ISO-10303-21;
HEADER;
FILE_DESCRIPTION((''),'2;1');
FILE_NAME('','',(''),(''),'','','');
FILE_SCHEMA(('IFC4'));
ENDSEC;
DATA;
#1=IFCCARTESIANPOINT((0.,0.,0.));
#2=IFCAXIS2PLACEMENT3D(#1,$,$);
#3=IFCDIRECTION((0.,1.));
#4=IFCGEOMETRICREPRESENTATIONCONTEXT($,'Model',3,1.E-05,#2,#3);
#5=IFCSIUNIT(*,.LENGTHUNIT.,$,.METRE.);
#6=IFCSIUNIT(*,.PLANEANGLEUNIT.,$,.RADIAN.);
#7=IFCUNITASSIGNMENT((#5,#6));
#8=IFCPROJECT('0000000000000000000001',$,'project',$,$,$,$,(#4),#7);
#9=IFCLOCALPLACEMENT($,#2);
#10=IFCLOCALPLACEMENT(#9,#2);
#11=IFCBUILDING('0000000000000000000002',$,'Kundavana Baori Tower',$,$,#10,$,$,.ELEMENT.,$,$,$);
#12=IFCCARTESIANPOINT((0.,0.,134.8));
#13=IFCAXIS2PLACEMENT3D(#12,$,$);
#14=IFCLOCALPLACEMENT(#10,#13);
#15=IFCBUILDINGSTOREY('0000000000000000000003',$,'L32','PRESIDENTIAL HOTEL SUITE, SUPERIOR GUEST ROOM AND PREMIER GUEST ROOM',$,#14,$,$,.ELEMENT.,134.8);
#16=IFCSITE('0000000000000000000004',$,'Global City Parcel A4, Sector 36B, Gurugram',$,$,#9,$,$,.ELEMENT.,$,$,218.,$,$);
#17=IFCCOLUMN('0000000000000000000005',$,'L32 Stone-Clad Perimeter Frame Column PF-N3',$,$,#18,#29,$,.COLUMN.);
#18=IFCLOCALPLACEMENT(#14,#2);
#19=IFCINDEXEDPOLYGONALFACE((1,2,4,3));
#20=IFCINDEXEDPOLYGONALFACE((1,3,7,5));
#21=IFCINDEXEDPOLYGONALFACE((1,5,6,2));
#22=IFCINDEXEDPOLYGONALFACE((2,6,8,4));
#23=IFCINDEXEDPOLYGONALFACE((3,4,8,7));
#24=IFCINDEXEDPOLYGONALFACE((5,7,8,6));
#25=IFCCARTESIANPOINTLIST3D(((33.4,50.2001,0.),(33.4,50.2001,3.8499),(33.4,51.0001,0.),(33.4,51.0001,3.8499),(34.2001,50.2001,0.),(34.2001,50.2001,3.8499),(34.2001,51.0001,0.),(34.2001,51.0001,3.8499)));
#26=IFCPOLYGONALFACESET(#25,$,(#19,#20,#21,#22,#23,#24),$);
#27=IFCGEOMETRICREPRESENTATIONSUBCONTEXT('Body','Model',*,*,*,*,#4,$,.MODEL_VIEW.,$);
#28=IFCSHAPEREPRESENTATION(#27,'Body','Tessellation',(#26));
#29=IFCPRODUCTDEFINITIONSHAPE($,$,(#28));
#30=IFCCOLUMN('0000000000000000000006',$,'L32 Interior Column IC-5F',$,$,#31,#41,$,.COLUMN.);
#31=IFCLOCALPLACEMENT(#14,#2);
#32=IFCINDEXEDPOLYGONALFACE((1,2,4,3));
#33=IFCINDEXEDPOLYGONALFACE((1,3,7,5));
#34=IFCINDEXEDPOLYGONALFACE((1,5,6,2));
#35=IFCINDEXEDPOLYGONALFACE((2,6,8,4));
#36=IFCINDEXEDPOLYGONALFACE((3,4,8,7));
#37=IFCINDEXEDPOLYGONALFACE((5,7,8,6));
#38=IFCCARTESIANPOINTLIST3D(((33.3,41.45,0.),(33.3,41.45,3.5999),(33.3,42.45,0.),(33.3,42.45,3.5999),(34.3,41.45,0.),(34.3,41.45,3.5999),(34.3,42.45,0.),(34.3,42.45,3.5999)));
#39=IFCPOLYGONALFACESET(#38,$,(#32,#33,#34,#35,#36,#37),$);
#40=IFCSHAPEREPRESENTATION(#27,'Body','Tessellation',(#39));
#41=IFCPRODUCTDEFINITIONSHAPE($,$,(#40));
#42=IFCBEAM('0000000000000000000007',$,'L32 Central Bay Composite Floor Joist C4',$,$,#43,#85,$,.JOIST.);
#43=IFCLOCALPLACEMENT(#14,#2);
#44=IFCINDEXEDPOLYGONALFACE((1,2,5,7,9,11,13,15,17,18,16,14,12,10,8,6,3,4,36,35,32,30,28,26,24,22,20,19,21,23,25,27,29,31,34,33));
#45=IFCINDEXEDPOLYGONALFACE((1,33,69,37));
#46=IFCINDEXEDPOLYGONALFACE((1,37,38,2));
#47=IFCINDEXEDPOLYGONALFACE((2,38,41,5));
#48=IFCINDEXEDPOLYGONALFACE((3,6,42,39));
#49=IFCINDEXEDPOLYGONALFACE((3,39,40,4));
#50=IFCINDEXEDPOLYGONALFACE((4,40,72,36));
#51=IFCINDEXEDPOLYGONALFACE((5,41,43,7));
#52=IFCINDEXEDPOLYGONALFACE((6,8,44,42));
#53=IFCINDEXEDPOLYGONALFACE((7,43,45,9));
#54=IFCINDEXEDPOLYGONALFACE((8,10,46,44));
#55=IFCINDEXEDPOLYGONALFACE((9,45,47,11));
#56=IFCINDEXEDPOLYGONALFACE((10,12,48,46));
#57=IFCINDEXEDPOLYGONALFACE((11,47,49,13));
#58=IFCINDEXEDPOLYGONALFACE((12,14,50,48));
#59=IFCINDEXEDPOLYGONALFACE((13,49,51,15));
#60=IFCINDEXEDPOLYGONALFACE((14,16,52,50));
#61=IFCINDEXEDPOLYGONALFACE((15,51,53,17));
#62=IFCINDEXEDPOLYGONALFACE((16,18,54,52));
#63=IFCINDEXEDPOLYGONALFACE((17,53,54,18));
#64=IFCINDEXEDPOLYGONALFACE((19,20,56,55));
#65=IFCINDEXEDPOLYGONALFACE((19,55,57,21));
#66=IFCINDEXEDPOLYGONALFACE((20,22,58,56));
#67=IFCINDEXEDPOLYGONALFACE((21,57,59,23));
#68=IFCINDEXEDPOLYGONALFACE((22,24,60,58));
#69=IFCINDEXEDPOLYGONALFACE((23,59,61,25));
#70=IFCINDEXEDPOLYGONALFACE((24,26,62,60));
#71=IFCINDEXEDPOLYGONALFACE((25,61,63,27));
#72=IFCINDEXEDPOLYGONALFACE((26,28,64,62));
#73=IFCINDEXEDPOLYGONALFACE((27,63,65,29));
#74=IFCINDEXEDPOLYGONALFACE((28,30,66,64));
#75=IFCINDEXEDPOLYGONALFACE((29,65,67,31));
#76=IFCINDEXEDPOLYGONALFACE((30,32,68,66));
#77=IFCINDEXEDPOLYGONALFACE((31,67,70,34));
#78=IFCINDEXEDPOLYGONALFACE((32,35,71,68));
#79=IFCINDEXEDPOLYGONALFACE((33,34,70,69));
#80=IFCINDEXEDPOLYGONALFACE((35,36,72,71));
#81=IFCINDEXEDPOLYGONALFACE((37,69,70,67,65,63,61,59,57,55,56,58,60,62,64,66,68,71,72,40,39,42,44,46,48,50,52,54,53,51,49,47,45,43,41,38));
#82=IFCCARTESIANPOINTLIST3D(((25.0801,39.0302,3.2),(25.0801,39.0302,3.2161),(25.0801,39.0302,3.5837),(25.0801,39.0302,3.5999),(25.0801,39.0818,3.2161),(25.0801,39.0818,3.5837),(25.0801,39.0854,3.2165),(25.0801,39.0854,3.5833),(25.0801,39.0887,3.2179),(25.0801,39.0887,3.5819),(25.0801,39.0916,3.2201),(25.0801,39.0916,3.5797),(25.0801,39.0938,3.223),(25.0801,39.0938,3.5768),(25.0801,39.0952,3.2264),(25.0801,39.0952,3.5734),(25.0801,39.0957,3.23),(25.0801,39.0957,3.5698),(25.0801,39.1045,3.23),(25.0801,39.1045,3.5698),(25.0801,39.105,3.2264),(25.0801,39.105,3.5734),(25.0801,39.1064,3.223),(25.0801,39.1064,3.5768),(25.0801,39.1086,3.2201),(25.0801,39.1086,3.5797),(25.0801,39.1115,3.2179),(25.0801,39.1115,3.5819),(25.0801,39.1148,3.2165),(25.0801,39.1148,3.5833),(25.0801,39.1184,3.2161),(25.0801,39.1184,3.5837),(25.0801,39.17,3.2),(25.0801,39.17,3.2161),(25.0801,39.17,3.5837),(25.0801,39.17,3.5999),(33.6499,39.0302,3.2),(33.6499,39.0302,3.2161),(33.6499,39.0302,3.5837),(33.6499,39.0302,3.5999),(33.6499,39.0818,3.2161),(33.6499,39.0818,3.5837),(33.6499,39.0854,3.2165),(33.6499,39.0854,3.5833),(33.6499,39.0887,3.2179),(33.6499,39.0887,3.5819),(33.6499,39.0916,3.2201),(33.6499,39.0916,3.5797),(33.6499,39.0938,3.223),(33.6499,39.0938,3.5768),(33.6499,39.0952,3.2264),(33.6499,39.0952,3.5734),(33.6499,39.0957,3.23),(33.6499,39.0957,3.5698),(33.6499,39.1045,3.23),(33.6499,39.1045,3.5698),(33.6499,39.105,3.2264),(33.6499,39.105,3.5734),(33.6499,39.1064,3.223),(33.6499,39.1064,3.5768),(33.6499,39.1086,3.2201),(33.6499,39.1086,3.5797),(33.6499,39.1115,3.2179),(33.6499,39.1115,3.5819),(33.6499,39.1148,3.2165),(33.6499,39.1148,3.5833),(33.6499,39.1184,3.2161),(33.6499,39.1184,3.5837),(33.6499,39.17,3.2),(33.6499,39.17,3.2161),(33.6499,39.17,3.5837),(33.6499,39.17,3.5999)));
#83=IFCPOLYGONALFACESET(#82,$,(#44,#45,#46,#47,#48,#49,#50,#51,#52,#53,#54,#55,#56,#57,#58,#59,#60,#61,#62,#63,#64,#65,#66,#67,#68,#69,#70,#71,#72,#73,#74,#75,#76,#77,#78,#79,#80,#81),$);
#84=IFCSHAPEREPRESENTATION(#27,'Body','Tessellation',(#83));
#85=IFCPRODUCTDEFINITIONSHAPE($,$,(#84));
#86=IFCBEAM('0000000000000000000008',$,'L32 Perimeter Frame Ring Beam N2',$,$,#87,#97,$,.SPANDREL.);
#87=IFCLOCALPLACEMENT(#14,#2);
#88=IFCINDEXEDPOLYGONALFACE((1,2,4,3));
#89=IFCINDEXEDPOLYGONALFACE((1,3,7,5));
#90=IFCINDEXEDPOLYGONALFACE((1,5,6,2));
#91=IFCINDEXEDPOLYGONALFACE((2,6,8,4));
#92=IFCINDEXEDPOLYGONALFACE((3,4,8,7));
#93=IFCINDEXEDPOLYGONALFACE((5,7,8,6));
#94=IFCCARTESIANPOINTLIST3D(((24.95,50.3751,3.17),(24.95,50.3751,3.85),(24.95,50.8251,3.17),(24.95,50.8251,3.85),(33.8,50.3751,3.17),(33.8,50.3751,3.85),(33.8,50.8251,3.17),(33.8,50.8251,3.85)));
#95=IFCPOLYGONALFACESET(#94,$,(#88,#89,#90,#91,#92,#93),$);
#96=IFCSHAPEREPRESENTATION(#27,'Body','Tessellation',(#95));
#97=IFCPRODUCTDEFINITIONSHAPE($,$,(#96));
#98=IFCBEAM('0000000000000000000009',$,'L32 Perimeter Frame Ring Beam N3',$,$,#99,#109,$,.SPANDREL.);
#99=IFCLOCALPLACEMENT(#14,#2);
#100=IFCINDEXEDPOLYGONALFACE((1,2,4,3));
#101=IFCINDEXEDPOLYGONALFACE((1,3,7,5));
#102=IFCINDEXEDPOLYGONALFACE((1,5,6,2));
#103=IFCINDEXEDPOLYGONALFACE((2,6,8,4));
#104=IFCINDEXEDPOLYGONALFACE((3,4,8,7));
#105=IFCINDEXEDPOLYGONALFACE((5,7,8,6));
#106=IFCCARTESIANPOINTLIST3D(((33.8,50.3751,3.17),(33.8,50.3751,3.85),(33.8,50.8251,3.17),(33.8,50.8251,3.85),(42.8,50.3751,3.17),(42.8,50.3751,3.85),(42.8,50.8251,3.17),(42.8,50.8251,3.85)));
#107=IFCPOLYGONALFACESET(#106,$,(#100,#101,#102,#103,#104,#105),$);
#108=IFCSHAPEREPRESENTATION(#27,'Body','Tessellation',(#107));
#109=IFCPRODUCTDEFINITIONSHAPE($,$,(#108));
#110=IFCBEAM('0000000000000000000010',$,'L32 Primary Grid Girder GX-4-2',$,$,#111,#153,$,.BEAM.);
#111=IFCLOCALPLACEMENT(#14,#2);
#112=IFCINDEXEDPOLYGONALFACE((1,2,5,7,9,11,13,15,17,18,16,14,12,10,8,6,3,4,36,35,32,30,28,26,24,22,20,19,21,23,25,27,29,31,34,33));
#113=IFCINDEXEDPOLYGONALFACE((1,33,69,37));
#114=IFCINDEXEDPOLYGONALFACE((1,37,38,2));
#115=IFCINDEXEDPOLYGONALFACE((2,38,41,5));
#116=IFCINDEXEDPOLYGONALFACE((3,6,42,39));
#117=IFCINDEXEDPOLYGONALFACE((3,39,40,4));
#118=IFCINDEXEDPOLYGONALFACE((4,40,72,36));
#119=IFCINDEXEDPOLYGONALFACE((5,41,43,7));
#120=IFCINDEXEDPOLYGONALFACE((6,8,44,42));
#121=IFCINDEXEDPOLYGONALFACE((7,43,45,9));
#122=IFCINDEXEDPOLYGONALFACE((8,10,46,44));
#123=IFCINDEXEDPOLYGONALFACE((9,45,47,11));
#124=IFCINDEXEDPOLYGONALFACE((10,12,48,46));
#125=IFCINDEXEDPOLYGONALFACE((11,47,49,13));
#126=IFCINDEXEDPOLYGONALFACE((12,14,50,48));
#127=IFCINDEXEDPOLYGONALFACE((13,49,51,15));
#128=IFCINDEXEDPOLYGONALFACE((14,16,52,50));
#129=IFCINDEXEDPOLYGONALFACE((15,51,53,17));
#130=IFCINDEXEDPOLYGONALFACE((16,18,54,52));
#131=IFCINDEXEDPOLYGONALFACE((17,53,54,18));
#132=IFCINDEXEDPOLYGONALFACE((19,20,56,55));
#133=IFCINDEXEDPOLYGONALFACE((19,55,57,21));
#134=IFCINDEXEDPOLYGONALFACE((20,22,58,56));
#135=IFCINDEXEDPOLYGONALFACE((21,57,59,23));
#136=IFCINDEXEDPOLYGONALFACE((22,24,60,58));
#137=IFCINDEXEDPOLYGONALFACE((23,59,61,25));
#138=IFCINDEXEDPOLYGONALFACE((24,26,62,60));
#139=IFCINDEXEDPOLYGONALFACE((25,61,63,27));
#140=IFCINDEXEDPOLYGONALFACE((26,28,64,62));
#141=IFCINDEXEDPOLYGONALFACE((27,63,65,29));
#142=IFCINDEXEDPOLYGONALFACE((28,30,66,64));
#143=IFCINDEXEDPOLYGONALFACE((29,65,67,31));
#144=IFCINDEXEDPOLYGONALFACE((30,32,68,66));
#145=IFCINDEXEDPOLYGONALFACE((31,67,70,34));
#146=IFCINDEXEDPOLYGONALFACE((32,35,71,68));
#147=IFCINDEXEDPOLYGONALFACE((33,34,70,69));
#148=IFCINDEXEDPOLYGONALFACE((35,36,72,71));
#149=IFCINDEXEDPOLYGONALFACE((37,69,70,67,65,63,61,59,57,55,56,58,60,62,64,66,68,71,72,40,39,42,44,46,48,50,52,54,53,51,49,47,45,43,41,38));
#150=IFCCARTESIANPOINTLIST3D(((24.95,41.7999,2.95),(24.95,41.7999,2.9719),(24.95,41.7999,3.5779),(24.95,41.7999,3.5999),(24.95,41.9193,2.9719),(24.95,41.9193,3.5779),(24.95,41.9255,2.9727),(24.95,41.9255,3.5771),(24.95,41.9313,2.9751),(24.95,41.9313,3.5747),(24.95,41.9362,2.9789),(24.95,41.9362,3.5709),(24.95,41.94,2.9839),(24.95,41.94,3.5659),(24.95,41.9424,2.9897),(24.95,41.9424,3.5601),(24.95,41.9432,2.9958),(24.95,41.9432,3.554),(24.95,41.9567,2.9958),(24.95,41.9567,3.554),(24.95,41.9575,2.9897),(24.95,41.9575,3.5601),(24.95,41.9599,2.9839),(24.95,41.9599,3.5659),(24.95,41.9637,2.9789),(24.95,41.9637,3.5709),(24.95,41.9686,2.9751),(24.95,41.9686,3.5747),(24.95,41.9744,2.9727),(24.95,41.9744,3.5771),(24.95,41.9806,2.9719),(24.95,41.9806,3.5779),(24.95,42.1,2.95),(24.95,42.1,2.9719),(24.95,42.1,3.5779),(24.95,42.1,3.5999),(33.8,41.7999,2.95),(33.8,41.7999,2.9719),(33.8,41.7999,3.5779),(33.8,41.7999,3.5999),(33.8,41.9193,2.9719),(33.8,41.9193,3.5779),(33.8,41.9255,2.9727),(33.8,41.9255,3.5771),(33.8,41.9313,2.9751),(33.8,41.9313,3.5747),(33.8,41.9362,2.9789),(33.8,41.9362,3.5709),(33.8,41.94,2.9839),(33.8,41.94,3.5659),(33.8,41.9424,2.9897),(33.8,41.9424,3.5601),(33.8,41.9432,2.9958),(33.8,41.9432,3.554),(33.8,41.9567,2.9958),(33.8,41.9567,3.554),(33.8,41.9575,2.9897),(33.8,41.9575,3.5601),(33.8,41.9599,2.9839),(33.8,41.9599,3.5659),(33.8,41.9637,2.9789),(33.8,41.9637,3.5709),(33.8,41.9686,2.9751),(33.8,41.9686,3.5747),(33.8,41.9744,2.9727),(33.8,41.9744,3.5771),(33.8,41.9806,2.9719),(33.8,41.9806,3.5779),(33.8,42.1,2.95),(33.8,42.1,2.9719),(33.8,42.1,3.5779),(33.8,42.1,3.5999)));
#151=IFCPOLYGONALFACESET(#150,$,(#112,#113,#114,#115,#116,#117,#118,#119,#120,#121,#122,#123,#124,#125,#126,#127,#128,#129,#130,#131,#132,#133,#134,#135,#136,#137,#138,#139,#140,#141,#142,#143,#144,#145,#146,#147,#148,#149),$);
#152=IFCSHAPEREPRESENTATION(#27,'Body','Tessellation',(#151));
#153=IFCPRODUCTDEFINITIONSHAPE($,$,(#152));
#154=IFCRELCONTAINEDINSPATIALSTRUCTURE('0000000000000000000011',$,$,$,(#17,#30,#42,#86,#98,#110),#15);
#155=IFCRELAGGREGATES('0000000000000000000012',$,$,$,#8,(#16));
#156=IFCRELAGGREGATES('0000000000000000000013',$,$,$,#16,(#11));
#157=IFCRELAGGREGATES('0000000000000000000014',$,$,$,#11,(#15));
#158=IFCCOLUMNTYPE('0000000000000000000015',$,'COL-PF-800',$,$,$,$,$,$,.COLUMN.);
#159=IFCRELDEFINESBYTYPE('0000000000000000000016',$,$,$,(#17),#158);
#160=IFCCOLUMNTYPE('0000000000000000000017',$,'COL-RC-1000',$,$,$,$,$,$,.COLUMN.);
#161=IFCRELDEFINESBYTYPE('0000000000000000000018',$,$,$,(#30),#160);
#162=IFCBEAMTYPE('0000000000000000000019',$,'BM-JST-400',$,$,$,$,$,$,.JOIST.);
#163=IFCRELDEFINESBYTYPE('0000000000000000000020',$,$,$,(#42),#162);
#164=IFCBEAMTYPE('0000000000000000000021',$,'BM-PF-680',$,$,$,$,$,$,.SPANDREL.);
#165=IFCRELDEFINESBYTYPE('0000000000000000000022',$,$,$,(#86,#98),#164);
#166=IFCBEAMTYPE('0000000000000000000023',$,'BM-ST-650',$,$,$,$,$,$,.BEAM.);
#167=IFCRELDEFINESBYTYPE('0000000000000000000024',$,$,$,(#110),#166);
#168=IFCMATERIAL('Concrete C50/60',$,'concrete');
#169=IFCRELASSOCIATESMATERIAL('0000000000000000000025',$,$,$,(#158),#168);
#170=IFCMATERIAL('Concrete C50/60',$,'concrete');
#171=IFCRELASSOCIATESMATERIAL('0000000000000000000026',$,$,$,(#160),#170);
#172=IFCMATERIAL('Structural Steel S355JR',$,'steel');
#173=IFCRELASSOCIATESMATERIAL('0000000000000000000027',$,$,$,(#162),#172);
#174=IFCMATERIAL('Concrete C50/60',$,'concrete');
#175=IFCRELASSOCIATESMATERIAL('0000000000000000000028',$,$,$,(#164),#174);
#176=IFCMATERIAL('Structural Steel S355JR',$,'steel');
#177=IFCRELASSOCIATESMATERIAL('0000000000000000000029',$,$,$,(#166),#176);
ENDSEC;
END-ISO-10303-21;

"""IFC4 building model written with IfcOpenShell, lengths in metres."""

from ifc_helpers import new_model, si_unit, direction, frame, origin, origin_2d, place, context, subcontext, project, spatial, rectangle, i_section, extrude, material, material_profile, profile_set, type_object, element, save


model = new_model("IFC4")

# Units and contexts
model_context = context("Model", 3, precision=1e-05, world=origin(), true_north=direction((0.0, 1.0)))
body_context = subcontext(model_context, "Body", "Model", "MODEL_VIEW")
ifc_project = project(units=[si_unit("LENGTHUNIT", "METRE"), si_unit("PLANEANGLEUNIT", "RADIAN")], contexts=[model_context])

# Site, building, storey
site_placement = place(None, origin())
site = spatial("IfcSite", under=ifc_project, at=site_placement, Name="Global City Parcel A4, Sector 36B, Gurugram", CompositionType="ELEMENT", RefElevation=218.0)
building_placement = place(site_placement, origin())
building = spatial("IfcBuilding", under=site, at=building_placement, Name="Kundavana Baori Tower", CompositionType="ELEMENT")
storey_placement = place(building_placement, frame((0.0, 0.0, 134.8)))
storey = spatial("IfcBuildingStorey", under=building, at=storey_placement, Name="L32", Description="PRESIDENTIAL HOTEL SUITE, SUPERIOR GUEST ROOM AND PREMIER GUEST ROOM", CompositionType="ELEMENT", Elevation=134.8)

# Columns
ifc_material_1 = material(Name="Concrete C50/60", Category="concrete")
ifc_material_profile_1 = material_profile(ifc_material_1, rectangle(XDim=0.8, YDim=0.8, at=origin_2d()), Name="RC PF 800x800")
ifc_profile_set_1 = profile_set([ifc_material_profile_1], Name="Concrete C50/60")
column_type_1 = type_object("IfcColumnType", Name="COL-PF-800", PredefinedType="COLUMN", material=ifc_profile_set_1)
column_1_placement = place(storey_placement, frame((33.8, 50.6001, 0.0), z_axis=(0.0, 0.0, 1.0), x_axis=(1.0, 0.0, 0.0)))
element("IfcColumn", 1, at=column_1_placement, inside=storey, type_object=column_type_1, Name="L32 Stone-Clad Perimeter Frame Column PF-N3", PredefinedType="COLUMN", context=body_context, shape_type="SweptSolid", body=[
    extrude(rectangle(XDim=0.8, YDim=0.8, at=origin_2d()), origin(), (0.0, 0.0, 1.0), 3.8499),
])
ifc_material_2 = material(Name="Concrete C50/60", Category="concrete")
ifc_material_profile_2 = material_profile(ifc_material_2, rectangle(XDim=1.0, YDim=1.0, at=origin_2d()), Name="RC 1000x1000")
ifc_profile_set_2 = profile_set([ifc_material_profile_2], Name="Concrete C50/60")
column_type_2 = type_object("IfcColumnType", Name="COL-RC-1000", PredefinedType="COLUMN", material=ifc_profile_set_2)
column_2_placement = place(storey_placement, frame((33.8, 41.95, 0.0), z_axis=(0.0, 0.0, 1.0), x_axis=(1.0, 0.0, 0.0)))
element("IfcColumn", 2, at=column_2_placement, inside=storey, type_object=column_type_2, Name="L32 Interior Column IC-5F", PredefinedType="COLUMN", context=body_context, shape_type="SweptSolid", body=[
    extrude(rectangle(XDim=1.0, YDim=1.0, at=origin_2d()), origin(), (0.0, 0.0, 1.0), 3.5999),
])

# Beams
ifc_material_3 = material(Name="Structural Steel S355JR", Category="steel")
ifc_material_profile_3 = material_profile(ifc_material_3, i_section(OverallWidth=0.1399, OverallDepth=0.3999, WebThickness=0.0088, FlangeThickness=0.0161, FilletRadius=0.0139, at=origin_2d()), Name="ISMB 400")
ifc_profile_set_3 = profile_set([ifc_material_profile_3], Name="Structural Steel S355JR")
beam_type_1 = type_object("IfcBeamType", Name="BM-JST-400", PredefinedType="JOIST", material=ifc_profile_set_3)
beam_1_placement = place(storey_placement, frame((25.0801, 39.1001, 3.3999), z_axis=(1.0, 0.0, 0.0), x_axis=(0.0, 1.0, 0.0)))
element("IfcBeam", 3, at=beam_1_placement, inside=storey, type_object=beam_type_1, Name="L32 Central Bay Composite Floor Joist C4", PredefinedType="JOIST", context=body_context, shape_type="SweptSolid", body=[
    extrude(i_section(OverallWidth=0.1399, OverallDepth=0.3999, WebThickness=0.0088, FlangeThickness=0.0161, FilletRadius=0.0139, at=origin_2d()), origin(), (0.0, 0.0, 1.0), 8.5698),
])
ifc_material_4 = material(Name="Concrete C50/60", Category="concrete")
ifc_material_profile_4 = material_profile(ifc_material_4, rectangle(XDim=0.45, YDim=0.6799, at=origin_2d()), Name="RC BM 450x680")
ifc_profile_set_4 = profile_set([ifc_material_profile_4], Name="Concrete C50/60")
beam_type_2 = type_object("IfcBeamType", Name="BM-PF-680", PredefinedType="SPANDREL", material=ifc_profile_set_4)
beam_2_placement = place(storey_placement, frame((24.95, 50.6001, 3.51), z_axis=(1.0, 0.0, 0.0), x_axis=(0.0, 1.0, 0.0)))
element("IfcBeam", 4, at=beam_2_placement, inside=storey, type_object=beam_type_2, Name="L32 Perimeter Frame Ring Beam N2", PredefinedType="SPANDREL", context=body_context, shape_type="SweptSolid", body=[
    extrude(rectangle(XDim=0.45, YDim=0.6799, at=origin_2d()), origin(), (0.0, 0.0, 1.0), 8.8501),
])
beam_3_placement = place(storey_placement, frame((33.8, 50.6001, 3.51), z_axis=(1.0, 0.0, 0.0), x_axis=(0.0, 1.0, 0.0)))
element("IfcBeam", 5, at=beam_3_placement, inside=storey, type_object=beam_type_2, Name="L32 Perimeter Frame Ring Beam N3", PredefinedType="SPANDREL", context=body_context, shape_type="SweptSolid", body=[
    extrude(rectangle(XDim=0.45, YDim=0.6799, at=origin_2d()), origin(), (0.0, 0.0, 1.0), 9.0),
])
ifc_material_5 = material(Name="Structural Steel S355JR", Category="steel")
ifc_material_profile_5 = material_profile(ifc_material_5, i_section(OverallWidth=0.3, OverallDepth=0.6499, WebThickness=0.0134, FlangeThickness=0.022, FilletRadius=0.0239, at=origin_2d()), Name="NPB 650x300x155")
ifc_profile_set_5 = profile_set([ifc_material_profile_5], Name="Structural Steel S355JR")
beam_type_3 = type_object("IfcBeamType", Name="BM-ST-650", PredefinedType="BEAM", material=ifc_profile_set_5)
beam_4_placement = place(storey_placement, frame((24.95, 41.95, 3.2749), z_axis=(1.0, 0.0, 0.0), x_axis=(0.0, 1.0, 0.0)))
element("IfcBeam", 6, at=beam_4_placement, inside=storey, type_object=beam_type_3, Name="L32 Primary Grid Girder GX-4-2", PredefinedType="BEAM", context=body_context, shape_type="SweptSolid", body=[
    extrude(i_section(OverallWidth=0.3, OverallDepth=0.6499, WebThickness=0.0134, FlangeThickness=0.022, FilletRadius=0.0239, at=origin_2d()), origin(), (0.0, 0.0, 1.0), 8.8501),
])

save(model, "model.ifc")
